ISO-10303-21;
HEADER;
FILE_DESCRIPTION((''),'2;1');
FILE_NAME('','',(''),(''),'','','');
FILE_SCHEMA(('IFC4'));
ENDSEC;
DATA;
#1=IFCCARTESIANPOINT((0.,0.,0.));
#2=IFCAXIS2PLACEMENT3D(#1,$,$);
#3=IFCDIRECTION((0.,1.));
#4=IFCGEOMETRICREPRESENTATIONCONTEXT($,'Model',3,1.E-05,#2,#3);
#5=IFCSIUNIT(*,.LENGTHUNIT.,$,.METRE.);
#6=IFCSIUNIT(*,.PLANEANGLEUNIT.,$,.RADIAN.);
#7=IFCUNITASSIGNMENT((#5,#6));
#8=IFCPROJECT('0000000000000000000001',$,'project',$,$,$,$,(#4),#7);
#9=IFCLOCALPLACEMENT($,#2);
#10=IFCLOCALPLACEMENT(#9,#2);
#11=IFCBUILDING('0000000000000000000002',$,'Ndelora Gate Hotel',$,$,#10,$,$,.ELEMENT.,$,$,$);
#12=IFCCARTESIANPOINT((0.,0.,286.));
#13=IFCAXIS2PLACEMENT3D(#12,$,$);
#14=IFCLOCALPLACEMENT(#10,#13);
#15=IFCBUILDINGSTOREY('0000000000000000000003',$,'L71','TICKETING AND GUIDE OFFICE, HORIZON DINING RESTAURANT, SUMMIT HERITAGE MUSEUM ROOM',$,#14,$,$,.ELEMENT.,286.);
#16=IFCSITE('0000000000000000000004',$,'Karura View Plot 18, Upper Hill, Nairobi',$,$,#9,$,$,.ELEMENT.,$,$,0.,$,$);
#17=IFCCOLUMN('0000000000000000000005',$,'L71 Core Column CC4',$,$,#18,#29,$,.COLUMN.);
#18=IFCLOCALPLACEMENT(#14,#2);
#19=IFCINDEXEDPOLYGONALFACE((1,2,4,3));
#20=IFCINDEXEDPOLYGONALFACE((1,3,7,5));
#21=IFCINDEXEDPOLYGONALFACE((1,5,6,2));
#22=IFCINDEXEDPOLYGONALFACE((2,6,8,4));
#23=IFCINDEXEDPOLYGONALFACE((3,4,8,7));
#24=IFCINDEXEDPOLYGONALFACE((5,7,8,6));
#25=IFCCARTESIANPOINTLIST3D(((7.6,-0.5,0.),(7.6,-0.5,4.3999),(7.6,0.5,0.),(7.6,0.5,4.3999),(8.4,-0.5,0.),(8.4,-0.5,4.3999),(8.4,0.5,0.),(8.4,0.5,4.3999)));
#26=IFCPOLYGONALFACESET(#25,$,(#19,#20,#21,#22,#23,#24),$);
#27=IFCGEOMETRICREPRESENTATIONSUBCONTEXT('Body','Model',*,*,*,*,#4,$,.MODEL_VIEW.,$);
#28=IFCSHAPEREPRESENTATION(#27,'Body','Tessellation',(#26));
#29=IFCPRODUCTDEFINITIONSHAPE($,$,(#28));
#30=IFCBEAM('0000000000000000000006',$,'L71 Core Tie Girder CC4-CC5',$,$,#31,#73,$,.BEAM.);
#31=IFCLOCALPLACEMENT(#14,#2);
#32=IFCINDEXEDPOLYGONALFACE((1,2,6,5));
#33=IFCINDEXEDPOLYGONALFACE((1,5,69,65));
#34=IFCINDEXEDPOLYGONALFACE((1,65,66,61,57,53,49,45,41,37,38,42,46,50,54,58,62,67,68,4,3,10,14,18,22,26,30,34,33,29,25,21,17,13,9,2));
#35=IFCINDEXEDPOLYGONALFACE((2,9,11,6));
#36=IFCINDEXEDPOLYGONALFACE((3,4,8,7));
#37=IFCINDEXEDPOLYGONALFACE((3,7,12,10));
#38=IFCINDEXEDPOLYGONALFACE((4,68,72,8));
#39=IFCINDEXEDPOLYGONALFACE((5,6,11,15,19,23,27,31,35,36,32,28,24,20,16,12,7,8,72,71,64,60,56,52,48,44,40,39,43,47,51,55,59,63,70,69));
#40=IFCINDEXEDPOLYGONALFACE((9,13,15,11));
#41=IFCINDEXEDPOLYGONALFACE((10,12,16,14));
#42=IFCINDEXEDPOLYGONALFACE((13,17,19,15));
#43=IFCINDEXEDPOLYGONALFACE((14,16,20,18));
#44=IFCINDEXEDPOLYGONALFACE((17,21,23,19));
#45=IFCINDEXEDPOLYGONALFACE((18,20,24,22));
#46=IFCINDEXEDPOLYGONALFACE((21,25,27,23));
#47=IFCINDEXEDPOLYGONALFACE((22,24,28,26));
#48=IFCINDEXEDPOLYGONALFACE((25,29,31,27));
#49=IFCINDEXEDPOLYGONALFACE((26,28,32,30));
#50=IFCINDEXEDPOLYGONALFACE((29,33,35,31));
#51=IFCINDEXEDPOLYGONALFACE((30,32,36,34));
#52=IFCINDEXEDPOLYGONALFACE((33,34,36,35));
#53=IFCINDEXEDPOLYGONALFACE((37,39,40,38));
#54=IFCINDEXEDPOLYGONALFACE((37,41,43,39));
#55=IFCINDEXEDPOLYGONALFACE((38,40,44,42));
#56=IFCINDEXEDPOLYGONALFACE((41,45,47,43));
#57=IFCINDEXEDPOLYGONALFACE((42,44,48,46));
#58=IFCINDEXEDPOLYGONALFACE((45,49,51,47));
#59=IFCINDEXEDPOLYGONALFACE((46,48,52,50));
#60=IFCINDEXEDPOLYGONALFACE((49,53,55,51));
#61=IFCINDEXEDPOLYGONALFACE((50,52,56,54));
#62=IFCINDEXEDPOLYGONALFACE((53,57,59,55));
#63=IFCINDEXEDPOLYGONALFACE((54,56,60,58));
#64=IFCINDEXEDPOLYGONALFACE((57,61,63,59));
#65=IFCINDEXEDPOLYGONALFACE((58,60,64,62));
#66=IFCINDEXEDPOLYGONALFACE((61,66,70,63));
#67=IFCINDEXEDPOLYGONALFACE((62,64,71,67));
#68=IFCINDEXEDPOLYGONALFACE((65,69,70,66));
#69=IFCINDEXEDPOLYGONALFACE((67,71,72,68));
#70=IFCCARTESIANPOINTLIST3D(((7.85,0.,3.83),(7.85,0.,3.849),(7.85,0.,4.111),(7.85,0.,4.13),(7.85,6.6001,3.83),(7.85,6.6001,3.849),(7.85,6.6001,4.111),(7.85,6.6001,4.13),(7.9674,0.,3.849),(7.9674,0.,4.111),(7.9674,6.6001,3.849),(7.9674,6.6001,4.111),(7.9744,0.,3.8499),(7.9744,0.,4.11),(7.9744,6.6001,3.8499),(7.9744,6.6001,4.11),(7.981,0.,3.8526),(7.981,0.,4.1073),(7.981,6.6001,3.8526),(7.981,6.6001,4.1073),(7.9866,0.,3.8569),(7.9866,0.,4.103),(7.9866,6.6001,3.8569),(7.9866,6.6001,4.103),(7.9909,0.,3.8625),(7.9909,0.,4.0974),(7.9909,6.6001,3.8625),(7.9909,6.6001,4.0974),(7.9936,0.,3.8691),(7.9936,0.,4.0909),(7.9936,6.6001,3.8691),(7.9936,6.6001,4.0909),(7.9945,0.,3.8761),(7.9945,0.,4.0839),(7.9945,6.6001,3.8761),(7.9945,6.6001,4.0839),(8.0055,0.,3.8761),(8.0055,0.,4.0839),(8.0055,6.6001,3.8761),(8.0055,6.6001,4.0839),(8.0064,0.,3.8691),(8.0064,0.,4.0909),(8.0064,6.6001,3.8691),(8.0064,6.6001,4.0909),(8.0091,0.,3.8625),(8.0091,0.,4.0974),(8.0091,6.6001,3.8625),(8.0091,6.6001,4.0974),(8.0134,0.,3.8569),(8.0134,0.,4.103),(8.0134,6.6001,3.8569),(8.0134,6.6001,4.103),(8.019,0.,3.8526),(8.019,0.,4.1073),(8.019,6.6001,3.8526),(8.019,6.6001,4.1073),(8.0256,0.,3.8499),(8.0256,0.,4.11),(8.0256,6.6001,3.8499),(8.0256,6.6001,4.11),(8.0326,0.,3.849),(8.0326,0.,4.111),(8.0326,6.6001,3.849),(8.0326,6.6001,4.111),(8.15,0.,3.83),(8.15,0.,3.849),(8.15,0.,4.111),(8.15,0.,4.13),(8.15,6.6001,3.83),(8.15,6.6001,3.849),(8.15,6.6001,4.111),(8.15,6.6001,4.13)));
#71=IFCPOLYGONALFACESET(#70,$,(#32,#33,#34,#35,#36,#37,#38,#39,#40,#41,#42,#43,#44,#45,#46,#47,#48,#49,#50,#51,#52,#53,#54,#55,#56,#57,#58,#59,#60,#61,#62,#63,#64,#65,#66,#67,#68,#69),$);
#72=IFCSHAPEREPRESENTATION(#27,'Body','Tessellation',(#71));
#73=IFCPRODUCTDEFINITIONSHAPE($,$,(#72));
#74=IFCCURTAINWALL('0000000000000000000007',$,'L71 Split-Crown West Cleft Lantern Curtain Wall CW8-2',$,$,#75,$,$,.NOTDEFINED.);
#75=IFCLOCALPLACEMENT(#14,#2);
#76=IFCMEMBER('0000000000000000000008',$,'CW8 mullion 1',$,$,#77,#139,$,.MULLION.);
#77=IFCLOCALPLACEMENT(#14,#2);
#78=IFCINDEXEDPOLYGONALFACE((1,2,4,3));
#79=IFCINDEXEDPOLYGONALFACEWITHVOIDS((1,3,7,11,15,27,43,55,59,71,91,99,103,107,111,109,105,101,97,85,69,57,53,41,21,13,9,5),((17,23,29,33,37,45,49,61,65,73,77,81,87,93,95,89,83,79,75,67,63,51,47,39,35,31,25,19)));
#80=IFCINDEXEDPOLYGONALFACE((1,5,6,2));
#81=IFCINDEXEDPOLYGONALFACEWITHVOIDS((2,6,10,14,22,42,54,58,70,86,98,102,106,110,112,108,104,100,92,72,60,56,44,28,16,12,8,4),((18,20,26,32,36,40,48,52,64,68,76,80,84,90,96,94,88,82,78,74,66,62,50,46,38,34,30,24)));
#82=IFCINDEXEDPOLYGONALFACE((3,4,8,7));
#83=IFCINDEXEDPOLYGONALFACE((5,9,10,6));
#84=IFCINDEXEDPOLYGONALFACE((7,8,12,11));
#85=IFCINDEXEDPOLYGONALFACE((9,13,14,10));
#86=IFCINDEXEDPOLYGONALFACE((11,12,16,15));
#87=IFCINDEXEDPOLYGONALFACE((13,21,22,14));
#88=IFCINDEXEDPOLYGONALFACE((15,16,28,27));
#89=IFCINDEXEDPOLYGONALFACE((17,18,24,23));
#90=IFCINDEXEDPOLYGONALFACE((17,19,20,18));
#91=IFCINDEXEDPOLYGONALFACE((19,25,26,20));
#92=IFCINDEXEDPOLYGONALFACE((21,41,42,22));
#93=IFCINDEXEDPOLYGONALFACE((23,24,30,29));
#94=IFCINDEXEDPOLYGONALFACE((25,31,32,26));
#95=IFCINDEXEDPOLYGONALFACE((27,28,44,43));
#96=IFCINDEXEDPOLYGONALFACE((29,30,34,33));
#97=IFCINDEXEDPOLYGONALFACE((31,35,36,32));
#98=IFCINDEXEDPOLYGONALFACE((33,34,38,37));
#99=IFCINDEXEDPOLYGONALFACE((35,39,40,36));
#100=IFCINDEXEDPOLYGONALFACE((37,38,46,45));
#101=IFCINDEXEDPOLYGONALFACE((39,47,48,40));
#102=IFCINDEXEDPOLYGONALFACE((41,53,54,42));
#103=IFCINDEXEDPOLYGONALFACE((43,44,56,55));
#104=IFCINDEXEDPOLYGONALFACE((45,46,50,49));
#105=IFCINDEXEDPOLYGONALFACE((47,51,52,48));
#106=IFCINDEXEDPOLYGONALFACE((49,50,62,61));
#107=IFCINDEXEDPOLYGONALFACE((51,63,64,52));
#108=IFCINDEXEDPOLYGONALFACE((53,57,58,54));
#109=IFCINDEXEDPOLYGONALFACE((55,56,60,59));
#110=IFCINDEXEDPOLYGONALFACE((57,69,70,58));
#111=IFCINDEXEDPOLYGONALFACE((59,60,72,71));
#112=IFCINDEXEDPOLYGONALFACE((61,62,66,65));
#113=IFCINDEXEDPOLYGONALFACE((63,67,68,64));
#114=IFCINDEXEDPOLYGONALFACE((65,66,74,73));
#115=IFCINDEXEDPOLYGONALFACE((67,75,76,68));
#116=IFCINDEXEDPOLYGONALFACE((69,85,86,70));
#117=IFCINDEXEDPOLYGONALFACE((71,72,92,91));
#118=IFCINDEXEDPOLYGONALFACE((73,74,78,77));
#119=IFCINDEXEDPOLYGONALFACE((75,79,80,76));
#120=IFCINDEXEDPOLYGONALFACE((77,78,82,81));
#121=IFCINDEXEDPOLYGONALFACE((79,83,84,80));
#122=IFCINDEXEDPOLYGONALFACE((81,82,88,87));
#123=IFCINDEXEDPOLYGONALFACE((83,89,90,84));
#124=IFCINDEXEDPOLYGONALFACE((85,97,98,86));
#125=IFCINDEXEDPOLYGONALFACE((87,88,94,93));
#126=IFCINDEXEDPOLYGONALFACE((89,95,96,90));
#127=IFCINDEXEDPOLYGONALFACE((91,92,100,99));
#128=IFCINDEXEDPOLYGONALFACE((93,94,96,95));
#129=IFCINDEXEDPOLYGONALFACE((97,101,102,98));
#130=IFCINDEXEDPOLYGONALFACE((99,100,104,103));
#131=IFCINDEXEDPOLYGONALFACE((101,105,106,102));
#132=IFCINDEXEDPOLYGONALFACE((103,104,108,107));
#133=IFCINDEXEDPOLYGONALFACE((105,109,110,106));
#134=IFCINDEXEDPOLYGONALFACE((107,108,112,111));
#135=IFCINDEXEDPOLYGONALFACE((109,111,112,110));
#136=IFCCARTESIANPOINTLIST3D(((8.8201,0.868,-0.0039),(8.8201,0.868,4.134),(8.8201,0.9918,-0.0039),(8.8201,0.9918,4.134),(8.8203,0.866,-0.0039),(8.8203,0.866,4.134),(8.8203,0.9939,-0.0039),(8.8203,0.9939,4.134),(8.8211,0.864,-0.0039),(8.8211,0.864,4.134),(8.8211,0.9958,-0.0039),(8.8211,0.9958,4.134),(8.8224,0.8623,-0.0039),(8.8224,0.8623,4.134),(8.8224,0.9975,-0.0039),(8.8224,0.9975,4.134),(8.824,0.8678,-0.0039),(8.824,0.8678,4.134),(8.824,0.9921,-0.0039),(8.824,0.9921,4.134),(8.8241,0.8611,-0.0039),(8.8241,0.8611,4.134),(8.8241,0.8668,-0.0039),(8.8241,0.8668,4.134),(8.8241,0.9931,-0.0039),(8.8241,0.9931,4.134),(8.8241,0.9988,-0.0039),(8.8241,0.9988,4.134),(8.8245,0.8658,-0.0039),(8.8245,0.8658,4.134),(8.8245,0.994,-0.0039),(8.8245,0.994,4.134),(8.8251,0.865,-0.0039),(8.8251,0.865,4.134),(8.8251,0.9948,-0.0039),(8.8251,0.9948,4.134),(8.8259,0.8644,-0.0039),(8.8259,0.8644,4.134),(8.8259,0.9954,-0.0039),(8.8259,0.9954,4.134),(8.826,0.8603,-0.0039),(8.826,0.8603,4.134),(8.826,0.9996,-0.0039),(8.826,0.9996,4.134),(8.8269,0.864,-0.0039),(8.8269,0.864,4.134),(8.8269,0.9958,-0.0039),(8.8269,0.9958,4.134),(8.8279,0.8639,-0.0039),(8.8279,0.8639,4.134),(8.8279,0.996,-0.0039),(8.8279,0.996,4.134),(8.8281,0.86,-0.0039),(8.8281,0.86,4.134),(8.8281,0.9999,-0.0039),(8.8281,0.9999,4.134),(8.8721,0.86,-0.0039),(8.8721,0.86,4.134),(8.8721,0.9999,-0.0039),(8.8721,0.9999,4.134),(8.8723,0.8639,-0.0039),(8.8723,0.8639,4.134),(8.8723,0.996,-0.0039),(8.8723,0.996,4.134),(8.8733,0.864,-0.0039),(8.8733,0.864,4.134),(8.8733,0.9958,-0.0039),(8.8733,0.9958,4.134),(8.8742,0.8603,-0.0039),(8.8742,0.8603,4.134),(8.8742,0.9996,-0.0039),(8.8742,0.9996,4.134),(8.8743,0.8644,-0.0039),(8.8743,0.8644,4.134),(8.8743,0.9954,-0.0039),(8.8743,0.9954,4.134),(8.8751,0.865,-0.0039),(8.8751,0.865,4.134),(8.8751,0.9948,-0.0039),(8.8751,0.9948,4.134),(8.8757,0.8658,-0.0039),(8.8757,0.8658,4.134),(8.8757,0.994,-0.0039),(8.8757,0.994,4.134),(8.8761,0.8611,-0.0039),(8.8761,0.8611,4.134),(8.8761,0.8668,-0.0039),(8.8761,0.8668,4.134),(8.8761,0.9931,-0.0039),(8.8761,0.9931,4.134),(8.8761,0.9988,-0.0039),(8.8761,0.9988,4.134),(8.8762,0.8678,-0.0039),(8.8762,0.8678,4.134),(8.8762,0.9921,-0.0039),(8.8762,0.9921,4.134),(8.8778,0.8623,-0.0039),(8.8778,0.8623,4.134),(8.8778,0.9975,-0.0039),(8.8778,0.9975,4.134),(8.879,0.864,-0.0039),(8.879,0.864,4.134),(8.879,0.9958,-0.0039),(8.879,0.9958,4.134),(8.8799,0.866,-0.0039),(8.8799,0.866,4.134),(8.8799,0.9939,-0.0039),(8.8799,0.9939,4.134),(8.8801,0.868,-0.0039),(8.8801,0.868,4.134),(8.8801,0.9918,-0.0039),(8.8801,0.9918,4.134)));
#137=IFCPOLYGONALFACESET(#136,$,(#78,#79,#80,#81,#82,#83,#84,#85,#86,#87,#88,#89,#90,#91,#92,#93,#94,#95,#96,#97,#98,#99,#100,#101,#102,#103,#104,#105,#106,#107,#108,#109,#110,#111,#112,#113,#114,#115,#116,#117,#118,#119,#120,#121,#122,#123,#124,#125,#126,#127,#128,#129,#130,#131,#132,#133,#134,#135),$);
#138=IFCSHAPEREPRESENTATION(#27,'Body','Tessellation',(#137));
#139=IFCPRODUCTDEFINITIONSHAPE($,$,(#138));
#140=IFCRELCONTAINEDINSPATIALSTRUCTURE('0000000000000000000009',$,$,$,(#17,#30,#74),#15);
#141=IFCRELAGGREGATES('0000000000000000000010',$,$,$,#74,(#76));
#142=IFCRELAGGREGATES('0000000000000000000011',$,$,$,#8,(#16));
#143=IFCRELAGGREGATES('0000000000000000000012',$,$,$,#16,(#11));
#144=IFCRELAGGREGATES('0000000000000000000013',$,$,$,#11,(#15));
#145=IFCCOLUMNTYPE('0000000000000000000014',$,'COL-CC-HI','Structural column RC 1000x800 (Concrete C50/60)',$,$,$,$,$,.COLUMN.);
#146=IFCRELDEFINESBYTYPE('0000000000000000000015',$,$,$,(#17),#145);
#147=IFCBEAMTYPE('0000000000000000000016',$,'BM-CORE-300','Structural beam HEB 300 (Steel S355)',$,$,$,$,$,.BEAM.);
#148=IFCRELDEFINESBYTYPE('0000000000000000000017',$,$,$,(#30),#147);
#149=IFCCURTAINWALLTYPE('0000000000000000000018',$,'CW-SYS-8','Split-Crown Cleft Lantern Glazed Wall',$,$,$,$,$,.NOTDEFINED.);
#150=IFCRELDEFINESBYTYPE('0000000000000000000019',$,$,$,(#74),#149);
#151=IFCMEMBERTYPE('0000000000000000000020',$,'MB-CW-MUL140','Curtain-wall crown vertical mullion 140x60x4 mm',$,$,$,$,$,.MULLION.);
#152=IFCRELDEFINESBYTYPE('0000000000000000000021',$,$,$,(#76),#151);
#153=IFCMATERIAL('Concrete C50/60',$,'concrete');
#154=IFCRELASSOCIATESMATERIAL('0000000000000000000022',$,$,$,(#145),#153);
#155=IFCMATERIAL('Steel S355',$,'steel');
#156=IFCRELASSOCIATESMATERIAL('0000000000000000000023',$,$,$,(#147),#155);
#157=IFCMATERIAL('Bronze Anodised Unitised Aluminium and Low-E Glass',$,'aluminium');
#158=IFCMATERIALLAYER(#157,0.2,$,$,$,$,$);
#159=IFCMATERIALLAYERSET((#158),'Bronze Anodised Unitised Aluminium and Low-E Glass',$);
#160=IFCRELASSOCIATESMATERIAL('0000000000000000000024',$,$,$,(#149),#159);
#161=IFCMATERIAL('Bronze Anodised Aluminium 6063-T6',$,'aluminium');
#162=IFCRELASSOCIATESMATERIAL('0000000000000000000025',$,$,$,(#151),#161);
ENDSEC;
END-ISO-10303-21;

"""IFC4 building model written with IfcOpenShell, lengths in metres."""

from ifc_helpers import new_model, si_unit, direction, frame, origin, origin_2d, place, context, subcontext, project, spatial, rectangle, hollow_rectangle, i_section, extrude, material, layer, layer_set, material_profile, profile_set, type_object, element, aggregate, save


model = new_model("IFC4")

# Units and contexts
model_context = context("Model", 3, precision=1e-05, world=origin(), true_north=direction((0.0, 1.0)))
body_context = subcontext(model_context, "Body", "Model", "MODEL_VIEW")
ifc_project = project(units=[si_unit("LENGTHUNIT", "METRE"), si_unit("PLANEANGLEUNIT", "RADIAN")], contexts=[model_context])

# Site, building, storey
site_placement = place(None, origin())
site = spatial("IfcSite", under=ifc_project, at=site_placement, Name="Karura View Plot 18, Upper Hill, Nairobi", CompositionType="ELEMENT", RefElevation=0.0)
building_placement = place(site_placement, origin())
building = spatial("IfcBuilding", under=site, at=building_placement, Name="Ndelora Gate Hotel", CompositionType="ELEMENT")
storey_placement = place(building_placement, frame((0.0, 0.0, 286.0)))
storey = spatial("IfcBuildingStorey", under=building, at=storey_placement, Name="L71", Description="TICKETING AND GUIDE OFFICE, HORIZON DINING RESTAURANT, SUMMIT HERITAGE MUSEUM ROOM", CompositionType="ELEMENT", Elevation=286.0)

# Column
ifc_material_1 = material(Name="Concrete C50/60", Category="concrete")
ifc_material_profile_1 = material_profile(ifc_material_1, rectangle(XDim=0.8, YDim=1.0, at=origin_2d()), Name="RC 1000x800")
ifc_profile_set_1 = profile_set([ifc_material_profile_1], Name="Concrete C50/60")
column_type = type_object("IfcColumnType", Name="COL-CC-HI", Description="Structural column RC 1000x800 (Concrete C50/60)", PredefinedType="COLUMN", material=ifc_profile_set_1)
column_placement = place(storey_placement, frame((8.0, 0.0, 0.0), z_axis=(0.0, 0.0, 1.0), x_axis=(1.0, 0.0, 0.0)))
element("IfcColumn", 1, at=column_placement, inside=storey, type_object=column_type, Name="L71 Core Column CC4", PredefinedType="COLUMN", context=body_context, shape_type="SweptSolid", body=[
    extrude(rectangle(XDim=0.8, YDim=1.0, at=origin_2d()), origin(), (0.0, 0.0, 1.0), 4.3999),
])

# Beam
ifc_material_2 = material(Name="Steel S355", Category="steel")
ifc_material_profile_2 = material_profile(ifc_material_2, i_section(OverallWidth=0.3, OverallDepth=0.3, WebThickness=0.011, FlangeThickness=0.019, FilletRadius=0.0271, at=origin_2d()), Name="HEB 300")
ifc_profile_set_2 = profile_set([ifc_material_profile_2], Name="Steel S355")
beam_type = type_object("IfcBeamType", Name="BM-CORE-300", Description="Structural beam HEB 300 (Steel S355)", PredefinedType="BEAM", material=ifc_profile_set_2)
beam_placement = place(storey_placement, frame((8.0, 0.0, 3.98), z_axis=(0.0, 1.0, 0.0), x_axis=(-1.0, 0.0, 0.0)))
element("IfcBeam", 2, at=beam_placement, inside=storey, type_object=beam_type, Name="L71 Core Tie Girder CC4-CC5", PredefinedType="BEAM", context=body_context, shape_type="SweptSolid", body=[
    extrude(i_section(OverallWidth=0.3, OverallDepth=0.3, WebThickness=0.011, FlangeThickness=0.019, FilletRadius=0.0271, at=origin_2d()), origin(), (0.0, 0.0, 1.0), 6.6001),
])

# Curtain wall, member
ifc_material_3 = material(Name="Bronze Anodised Unitised Aluminium and Low-E Glass", Category="aluminium")
ifc_layer_1 = layer(ifc_material_3, 0.2)
ifc_layer_set_1 = layer_set([ifc_layer_1], Name="Bronze Anodised Unitised Aluminium and Low-E Glass")
curtain_wall_type = type_object("IfcCurtainWallType", Name="CW-SYS-8", Description="Split-Crown Cleft Lantern Glazed Wall", PredefinedType="NOTDEFINED", material=ifc_layer_set_1)
curtain_wall_placement = place(storey_placement, origin())
curtain_wall = element("IfcCurtainWall", 3, at=curtain_wall_placement, inside=storey, type_object=curtain_wall_type, Name="L71 Split-Crown West Cleft Lantern Curtain Wall CW8-2", PredefinedType="NOTDEFINED")
ifc_material_4 = material(Name="Bronze Anodised Aluminium 6063-T6", Category="aluminium")
ifc_material_profile_3 = material_profile(ifc_material_4, hollow_rectangle(XDim=0.0601, YDim=0.1399, WallThickness=0.0039, InnerFilletRadius=0.0039, OuterFilletRadius=0.0081, at=origin_2d()), Name="ALU 140x60x4")
ifc_profile_set_3 = profile_set([ifc_material_profile_3], Name="Bronze Anodised Aluminium 6063-T6")
member_type_1 = type_object("IfcMemberType", Name="MB-CW-MUL140", Description="Curtain-wall crown vertical mullion 140x60x4 mm", PredefinedType="MULLION", material=ifc_profile_set_3)
member_1_placement = place(storey_placement, frame((8.8501, 0.9299, -0.0039), z_axis=(0.0, 0.0, 1.0), x_axis=(-1.0, 0.0, 0.0)))
member_1 = element("IfcMember", 4, at=member_1_placement, type_object=member_type_1, Name="CW8 mullion 1", PredefinedType="MULLION", context=body_context, shape_type="SweptSolid", body=[
    extrude(hollow_rectangle(XDim=0.0601, YDim=0.1399, WallThickness=0.0039, InnerFilletRadius=0.0039, OuterFilletRadius=0.0081, at=origin_2d()), origin(), (0.0, 0.0, 1.0), 4.1379),
])
aggregate(curtain_wall, [member_1])

save(model, "model.ifc")
